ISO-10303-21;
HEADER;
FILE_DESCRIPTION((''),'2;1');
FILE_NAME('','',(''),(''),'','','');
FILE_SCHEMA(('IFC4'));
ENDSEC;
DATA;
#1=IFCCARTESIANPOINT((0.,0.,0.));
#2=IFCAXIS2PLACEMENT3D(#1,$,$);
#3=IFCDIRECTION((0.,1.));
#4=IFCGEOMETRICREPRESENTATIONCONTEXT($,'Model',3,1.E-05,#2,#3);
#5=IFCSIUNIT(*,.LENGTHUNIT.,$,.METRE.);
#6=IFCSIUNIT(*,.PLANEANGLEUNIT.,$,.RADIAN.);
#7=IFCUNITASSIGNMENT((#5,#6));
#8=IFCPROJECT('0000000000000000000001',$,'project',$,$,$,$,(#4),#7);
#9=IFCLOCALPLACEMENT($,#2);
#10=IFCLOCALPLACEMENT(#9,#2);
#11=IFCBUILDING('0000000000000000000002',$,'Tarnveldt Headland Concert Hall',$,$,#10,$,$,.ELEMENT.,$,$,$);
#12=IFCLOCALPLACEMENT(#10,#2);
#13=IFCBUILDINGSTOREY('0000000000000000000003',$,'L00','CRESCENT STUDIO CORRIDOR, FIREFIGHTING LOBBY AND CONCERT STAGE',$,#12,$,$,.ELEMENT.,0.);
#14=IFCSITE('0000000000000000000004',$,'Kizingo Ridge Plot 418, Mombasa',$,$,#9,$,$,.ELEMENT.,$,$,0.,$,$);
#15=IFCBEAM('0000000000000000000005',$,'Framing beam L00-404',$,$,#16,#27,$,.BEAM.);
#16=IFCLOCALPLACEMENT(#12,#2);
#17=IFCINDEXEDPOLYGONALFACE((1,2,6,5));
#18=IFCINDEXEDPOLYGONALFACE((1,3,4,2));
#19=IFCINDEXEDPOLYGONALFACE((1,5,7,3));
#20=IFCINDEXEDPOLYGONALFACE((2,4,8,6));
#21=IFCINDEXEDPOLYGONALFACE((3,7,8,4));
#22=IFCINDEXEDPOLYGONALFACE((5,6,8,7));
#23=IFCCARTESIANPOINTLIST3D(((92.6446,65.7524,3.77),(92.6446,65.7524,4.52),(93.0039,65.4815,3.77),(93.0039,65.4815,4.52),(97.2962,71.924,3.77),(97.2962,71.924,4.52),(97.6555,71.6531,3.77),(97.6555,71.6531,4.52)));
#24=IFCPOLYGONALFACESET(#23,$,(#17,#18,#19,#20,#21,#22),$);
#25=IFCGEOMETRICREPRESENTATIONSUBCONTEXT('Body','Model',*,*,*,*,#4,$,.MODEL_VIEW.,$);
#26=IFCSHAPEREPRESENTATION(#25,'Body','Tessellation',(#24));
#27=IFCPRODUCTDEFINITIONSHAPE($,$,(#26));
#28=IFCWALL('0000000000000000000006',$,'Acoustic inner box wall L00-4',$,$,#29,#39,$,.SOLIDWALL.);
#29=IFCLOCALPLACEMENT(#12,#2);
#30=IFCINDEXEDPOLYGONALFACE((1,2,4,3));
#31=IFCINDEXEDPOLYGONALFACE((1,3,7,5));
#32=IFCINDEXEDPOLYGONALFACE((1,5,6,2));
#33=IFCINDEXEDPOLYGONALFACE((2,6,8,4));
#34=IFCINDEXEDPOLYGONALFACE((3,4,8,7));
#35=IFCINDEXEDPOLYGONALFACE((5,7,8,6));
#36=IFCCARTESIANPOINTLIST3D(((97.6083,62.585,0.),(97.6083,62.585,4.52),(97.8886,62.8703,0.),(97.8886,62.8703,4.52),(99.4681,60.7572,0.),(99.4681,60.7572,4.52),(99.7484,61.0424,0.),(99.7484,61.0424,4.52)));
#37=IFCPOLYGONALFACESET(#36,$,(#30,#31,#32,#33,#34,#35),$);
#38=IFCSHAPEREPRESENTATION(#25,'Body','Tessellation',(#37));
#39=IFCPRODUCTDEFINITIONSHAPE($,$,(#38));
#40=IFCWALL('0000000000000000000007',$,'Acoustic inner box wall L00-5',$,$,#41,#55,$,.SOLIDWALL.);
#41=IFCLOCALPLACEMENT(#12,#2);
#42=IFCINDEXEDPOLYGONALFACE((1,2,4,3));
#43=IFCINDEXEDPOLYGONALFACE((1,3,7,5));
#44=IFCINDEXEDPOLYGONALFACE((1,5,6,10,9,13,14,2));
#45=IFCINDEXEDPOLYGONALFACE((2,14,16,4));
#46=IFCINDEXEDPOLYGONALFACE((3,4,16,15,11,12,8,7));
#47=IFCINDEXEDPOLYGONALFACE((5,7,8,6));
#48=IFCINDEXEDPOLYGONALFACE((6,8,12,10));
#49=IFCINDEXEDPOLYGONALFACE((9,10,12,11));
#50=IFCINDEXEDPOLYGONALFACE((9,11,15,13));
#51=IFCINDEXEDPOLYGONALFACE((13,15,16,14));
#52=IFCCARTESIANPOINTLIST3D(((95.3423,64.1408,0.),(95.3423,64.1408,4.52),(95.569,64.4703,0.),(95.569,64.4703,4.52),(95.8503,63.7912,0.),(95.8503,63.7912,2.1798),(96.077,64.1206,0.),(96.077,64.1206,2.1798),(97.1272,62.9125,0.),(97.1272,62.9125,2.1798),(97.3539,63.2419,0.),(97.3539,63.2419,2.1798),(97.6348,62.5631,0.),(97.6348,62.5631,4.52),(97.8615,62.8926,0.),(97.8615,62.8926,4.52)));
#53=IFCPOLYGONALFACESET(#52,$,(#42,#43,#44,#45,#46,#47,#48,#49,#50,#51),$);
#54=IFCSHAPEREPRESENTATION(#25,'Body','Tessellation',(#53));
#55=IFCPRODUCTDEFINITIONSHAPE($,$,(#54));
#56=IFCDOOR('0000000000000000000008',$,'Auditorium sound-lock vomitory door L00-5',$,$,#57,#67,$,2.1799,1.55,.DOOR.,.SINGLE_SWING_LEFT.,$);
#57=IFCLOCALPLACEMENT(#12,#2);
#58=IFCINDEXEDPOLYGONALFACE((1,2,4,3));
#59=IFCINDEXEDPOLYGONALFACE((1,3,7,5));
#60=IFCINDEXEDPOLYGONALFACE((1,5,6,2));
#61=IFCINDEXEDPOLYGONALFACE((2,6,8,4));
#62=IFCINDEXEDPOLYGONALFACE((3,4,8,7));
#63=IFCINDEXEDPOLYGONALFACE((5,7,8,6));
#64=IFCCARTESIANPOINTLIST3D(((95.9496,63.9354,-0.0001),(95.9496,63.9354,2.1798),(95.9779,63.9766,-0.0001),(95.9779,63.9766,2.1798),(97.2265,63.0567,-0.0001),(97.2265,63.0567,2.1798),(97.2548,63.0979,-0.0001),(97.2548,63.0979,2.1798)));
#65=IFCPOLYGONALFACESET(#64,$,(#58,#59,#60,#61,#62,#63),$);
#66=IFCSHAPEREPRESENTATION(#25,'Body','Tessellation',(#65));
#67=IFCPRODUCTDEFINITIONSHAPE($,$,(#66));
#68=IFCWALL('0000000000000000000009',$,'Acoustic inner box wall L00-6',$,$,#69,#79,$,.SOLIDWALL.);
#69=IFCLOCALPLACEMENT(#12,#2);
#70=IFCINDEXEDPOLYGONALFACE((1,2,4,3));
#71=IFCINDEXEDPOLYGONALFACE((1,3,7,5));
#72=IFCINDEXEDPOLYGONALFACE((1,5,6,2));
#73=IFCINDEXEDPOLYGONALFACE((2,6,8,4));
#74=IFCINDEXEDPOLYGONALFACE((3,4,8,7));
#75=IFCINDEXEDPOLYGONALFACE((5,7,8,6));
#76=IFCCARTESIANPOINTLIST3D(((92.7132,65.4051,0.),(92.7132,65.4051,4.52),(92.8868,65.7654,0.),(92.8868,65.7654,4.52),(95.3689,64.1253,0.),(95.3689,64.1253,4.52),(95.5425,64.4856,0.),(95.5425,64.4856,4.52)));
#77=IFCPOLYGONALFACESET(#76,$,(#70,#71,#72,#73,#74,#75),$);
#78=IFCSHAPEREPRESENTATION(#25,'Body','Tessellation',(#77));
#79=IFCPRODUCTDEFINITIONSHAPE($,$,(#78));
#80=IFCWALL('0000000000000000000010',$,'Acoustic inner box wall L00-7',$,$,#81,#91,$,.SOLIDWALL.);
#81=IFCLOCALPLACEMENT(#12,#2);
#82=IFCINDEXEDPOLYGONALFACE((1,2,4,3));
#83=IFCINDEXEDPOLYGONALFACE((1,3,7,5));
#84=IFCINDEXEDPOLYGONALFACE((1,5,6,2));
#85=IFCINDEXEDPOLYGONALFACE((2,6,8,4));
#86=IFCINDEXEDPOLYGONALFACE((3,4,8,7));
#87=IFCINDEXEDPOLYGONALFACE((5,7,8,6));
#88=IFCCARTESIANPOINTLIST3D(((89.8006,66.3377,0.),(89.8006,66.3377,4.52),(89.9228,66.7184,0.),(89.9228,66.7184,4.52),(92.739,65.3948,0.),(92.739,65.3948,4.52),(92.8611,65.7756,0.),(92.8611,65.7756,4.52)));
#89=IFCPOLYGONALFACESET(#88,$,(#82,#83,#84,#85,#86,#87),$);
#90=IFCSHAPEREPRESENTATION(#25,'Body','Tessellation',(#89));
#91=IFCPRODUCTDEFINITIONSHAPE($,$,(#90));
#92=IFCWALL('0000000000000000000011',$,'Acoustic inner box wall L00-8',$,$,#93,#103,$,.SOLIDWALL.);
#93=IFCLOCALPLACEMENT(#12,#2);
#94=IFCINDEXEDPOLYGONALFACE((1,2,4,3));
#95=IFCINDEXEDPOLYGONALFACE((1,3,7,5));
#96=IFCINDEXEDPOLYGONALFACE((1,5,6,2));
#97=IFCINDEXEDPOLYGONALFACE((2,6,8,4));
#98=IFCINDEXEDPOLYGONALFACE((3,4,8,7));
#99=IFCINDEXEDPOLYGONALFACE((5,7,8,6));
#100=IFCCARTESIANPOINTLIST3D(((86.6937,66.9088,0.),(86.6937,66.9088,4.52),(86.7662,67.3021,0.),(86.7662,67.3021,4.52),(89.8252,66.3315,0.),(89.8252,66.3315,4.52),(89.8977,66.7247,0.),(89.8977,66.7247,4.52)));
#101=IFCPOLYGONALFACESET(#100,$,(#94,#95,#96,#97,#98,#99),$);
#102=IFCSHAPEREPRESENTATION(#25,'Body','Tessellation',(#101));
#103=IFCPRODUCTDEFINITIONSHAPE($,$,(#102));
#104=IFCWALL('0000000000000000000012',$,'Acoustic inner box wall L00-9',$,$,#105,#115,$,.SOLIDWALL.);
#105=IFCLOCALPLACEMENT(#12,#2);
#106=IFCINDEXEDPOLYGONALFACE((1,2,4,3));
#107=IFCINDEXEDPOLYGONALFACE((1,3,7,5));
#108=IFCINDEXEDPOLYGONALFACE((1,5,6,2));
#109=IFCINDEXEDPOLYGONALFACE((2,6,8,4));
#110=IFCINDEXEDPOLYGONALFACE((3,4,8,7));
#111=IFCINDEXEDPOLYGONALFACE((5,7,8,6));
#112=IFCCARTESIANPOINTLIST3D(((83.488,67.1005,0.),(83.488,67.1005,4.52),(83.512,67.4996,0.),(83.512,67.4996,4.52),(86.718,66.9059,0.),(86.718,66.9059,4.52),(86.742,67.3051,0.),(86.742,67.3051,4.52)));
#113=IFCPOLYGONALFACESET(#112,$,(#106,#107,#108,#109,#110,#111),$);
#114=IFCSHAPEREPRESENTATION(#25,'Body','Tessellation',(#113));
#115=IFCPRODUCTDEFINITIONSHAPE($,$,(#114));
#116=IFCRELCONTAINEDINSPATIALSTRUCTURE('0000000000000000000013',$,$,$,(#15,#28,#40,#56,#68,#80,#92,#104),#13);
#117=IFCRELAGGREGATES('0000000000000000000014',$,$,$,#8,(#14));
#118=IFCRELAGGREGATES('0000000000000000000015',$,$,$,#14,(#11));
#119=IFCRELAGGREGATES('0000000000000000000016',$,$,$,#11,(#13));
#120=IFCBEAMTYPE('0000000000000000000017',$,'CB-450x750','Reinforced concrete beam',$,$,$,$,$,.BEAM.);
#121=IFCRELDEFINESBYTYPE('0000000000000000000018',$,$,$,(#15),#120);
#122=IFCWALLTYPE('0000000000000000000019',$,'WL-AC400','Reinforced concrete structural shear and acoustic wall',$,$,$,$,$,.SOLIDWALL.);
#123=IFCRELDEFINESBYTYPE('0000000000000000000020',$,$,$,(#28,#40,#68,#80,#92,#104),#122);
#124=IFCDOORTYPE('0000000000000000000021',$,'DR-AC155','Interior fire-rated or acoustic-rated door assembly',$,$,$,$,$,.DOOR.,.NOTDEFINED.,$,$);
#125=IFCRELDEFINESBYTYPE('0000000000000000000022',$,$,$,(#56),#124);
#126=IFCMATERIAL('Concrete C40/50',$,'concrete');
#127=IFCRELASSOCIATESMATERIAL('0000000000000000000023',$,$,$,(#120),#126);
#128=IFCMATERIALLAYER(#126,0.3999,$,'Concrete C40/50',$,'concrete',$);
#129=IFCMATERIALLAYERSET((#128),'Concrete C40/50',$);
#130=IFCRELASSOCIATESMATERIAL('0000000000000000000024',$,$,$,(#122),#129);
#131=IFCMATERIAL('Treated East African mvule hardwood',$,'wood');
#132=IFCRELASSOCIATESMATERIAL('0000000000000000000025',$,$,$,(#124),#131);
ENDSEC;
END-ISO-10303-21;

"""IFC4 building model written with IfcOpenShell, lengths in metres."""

from ifc_helpers import new_model, si_unit, direction, frame, frame_2d, origin, origin_2d, place, context, subcontext, project, spatial, rectangle, extrude, material, layer, layer_set, material_profile, profile_set, type_object, element, fill, save


model = new_model("IFC4")

# Units and contexts
model_context = context("Model", 3, precision=1e-05, world=origin(), true_north=direction((0.0, 1.0)))
body_context = subcontext(model_context, "Body", "Model", "MODEL_VIEW")
ifc_project = project(units=[si_unit("LENGTHUNIT", "METRE"), si_unit("PLANEANGLEUNIT", "RADIAN")], contexts=[model_context])

# Site, building, storey
site_placement = place(None, origin())
site = spatial("IfcSite", under=ifc_project, at=site_placement, Name="Kizingo Ridge Plot 418, Mombasa", CompositionType="ELEMENT", RefElevation=0.0)
building_placement = place(site_placement, origin())
building = spatial("IfcBuilding", under=site, at=building_placement, Name="Tarnveldt Headland Concert Hall", CompositionType="ELEMENT")
storey_placement = place(building_placement, origin())
storey = spatial("IfcBuildingStorey", under=building, at=storey_placement, Name="L00", Description="CRESCENT STUDIO CORRIDOR, FIREFIGHTING LOBBY AND CONCERT STAGE", CompositionType="ELEMENT", Elevation=0.0)

# Shared definitions
ifc_material_1 = material(Name="Concrete C40/50", Category="concrete")

# Beam
ifc_material_profile_1 = material_profile(ifc_material_1, rectangle(XDim=0.45, YDim=0.75, at=origin_2d()), Name="RC 450x750", Category="concrete")
ifc_profile_set_1 = profile_set([ifc_material_profile_1], Name="Concrete C40/50")
beam_type_1 = type_object("IfcBeamType", Name="CB-450x750", Description="Reinforced concrete beam", PredefinedType="BEAM", material=ifc_profile_set_1)
beam_1_placement = place(storey_placement, frame((92.8242, 65.6169, 4.145), z_axis=(0.601894, 0.798576, 0.0), x_axis=(-0.798576, 0.601894, 0.0)))
element("IfcBeam", 1, at=beam_1_placement, inside=storey, type_object=beam_type_1, Name="Framing beam L00-404", PredefinedType="BEAM", context=body_context, shape_type="SweptSolid", body=[
    extrude(rectangle(XDim=0.45, YDim=0.75, at=origin_2d()), origin(), (0.0, 0.0, 1.0), 7.7283),
])

# Wall
ifc_layer = layer(ifc_material_1, 0.3999, Name="Concrete C40/50", Category="concrete")
ifc_layer_set = layer_set([ifc_layer], Name="Concrete C40/50")
wall_type = type_object("IfcWallType", Name="WL-AC400", Description="Reinforced concrete structural shear and acoustic wall", PredefinedType="SOLIDWALL", material=ifc_layer_set)
wall_1_placement = place(storey_placement, frame((99.6082, 60.8999, 0.0), z_axis=(0.0, 0.0, 1.0), x_axis=(-0.713212, 0.700948, 0.0)))
element("IfcWall", 2, at=wall_1_placement, inside=storey, type_object=wall_type, Name="Acoustic inner box wall L00-4", PredefinedType="SOLIDWALL", context=body_context, shape_type="SweptSolid", body=[
    extrude(rectangle(XDim=2.6077, YDim=0.3999, at=frame_2d((1.3037, 0.0))), origin(), (0.0, 0.0, 1.0), 4.52),
])

# Wall, opening, door
wall_2_placement = place(storey_placement, frame((97.7483, 62.7278, 0.0), z_axis=(0.0, 0.0, 1.0), x_axis=(-0.823781, 0.566909, 0.0)))
wall_2 = element("IfcWall", 3, at=wall_2_placement, inside=storey, type_object=wall_type, Name="Acoustic inner box wall L00-5", PredefinedType="SOLIDWALL", context=body_context, shape_type="SweptSolid", body=[
    extrude(rectangle(XDim=2.783, YDim=0.3999, at=frame_2d((1.3916, 0.0))), origin(), (0.0, 0.0, 1.0), 4.52),
])
opening_placement = place(wall_2_placement, frame((0.6165, 0.0, 0.0)))
opening = element("IfcOpeningElement", 4, at=opening_placement, cuts=wall_2, PredefinedType="OPENING", context=body_context, shape_type="SweptSolid", body=[
    extrude(rectangle(XDim=1.55, YDim=2.1799, at=frame_2d((0.7749, 1.0898))), frame((0.0, 0.21, 0.0), z_axis=(0.0, -1.0, 0.0), x_axis=(1.0, 0.0, 0.0)), (0.0, 0.0, 1.0), 0.4199),
])
ifc_material_2 = material(Name="Treated East African mvule hardwood", Category="wood")
door_type = type_object("IfcDoorType", Name="DR-AC155", Description="Interior fire-rated or acoustic-rated door assembly", OperationType="NOTDEFINED", PredefinedType="DOOR", material=ifc_material_2)
door_placement = place(opening_placement, origin())
door = element("IfcDoor", 5, at=door_placement, inside=storey, type_object=door_type, Name="Auditorium sound-lock vomitory door L00-5", OperationType="SINGLE_SWING_LEFT", OverallHeight=2.1799, OverallWidth=1.55, PredefinedType="DOOR", context=body_context, shape_type="SweptSolid", body=[
    extrude(rectangle(XDim=1.55, YDim=2.1799, at=frame_2d((0.7749, 1.0898))), frame((0.0, 0.0249, 0.0), z_axis=(0.0, -1.0, 0.0), x_axis=(1.0, 0.0, 0.0)), (0.0, 0.0, 1.0), 0.05),
])
fill(opening, door)

# Walls
wall_3_placement = place(storey_placement, frame((95.4558, 64.3054, 0.0), z_axis=(0.0, 0.0, 1.0), x_axis=(-0.900858, 0.434114, 0.0)))
element("IfcWall", 6, at=wall_3_placement, inside=storey, type_object=wall_type, Name="Acoustic inner box wall L00-6", PredefinedType="SOLIDWALL", context=body_context, shape_type="SweptSolid", body=[
    extrude(rectangle(XDim=2.948, YDim=0.3999, at=frame_2d((1.4741, 0.0))), origin(), (0.0, 0.0, 1.0), 4.52),
])
wall_4_placement = place(storey_placement, frame((92.8, 65.5852, 0.0), z_axis=(0.0, 0.0, 1.0), x_axis=(-0.952183, 0.305528, 0.0)))
element("IfcWall", 7, at=wall_4_placement, inside=storey, type_object=wall_type, Name="Acoustic inner box wall L00-7", PredefinedType="SOLIDWALL", context=body_context, shape_type="SweptSolid", body=[
    extrude(rectangle(XDim=3.0859, YDim=0.3999, at=frame_2d((1.543, 0.0))), origin(), (0.0, 0.0, 1.0), 4.52),
])
wall_5_placement = place(storey_placement, frame((89.8616, 66.5281, 0.0), z_axis=(0.0, 0.0, 1.0), x_axis=(-0.983424, 0.18132, 0.0)))
element("IfcWall", 8, at=wall_5_placement, inside=storey, type_object=wall_type, Name="Acoustic inner box wall L00-8", PredefinedType="SOLIDWALL", context=body_context, shape_type="SweptSolid", body=[
    extrude(rectangle(XDim=3.1843, YDim=0.3999, at=frame_2d((1.5923, 0.0))), origin(), (0.0, 0.0, 1.0), 4.52),
])
wall_6_placement = place(storey_placement, frame((86.73, 67.1055, 0.0), z_axis=(0.0, 0.0, 1.0), x_axis=(-0.99819, 0.060133, 0.0)))
element("IfcWall", 9, at=wall_6_placement, inside=storey, type_object=wall_type, Name="Acoustic inner box wall L00-9", PredefinedType="SOLIDWALL", context=body_context, shape_type="SweptSolid", body=[
    extrude(rectangle(XDim=3.2358, YDim=0.3999, at=frame_2d((1.6179, 0.0))), origin(), (0.0, 0.0, 1.0), 4.52),
])

save(model, "model.ifc")
